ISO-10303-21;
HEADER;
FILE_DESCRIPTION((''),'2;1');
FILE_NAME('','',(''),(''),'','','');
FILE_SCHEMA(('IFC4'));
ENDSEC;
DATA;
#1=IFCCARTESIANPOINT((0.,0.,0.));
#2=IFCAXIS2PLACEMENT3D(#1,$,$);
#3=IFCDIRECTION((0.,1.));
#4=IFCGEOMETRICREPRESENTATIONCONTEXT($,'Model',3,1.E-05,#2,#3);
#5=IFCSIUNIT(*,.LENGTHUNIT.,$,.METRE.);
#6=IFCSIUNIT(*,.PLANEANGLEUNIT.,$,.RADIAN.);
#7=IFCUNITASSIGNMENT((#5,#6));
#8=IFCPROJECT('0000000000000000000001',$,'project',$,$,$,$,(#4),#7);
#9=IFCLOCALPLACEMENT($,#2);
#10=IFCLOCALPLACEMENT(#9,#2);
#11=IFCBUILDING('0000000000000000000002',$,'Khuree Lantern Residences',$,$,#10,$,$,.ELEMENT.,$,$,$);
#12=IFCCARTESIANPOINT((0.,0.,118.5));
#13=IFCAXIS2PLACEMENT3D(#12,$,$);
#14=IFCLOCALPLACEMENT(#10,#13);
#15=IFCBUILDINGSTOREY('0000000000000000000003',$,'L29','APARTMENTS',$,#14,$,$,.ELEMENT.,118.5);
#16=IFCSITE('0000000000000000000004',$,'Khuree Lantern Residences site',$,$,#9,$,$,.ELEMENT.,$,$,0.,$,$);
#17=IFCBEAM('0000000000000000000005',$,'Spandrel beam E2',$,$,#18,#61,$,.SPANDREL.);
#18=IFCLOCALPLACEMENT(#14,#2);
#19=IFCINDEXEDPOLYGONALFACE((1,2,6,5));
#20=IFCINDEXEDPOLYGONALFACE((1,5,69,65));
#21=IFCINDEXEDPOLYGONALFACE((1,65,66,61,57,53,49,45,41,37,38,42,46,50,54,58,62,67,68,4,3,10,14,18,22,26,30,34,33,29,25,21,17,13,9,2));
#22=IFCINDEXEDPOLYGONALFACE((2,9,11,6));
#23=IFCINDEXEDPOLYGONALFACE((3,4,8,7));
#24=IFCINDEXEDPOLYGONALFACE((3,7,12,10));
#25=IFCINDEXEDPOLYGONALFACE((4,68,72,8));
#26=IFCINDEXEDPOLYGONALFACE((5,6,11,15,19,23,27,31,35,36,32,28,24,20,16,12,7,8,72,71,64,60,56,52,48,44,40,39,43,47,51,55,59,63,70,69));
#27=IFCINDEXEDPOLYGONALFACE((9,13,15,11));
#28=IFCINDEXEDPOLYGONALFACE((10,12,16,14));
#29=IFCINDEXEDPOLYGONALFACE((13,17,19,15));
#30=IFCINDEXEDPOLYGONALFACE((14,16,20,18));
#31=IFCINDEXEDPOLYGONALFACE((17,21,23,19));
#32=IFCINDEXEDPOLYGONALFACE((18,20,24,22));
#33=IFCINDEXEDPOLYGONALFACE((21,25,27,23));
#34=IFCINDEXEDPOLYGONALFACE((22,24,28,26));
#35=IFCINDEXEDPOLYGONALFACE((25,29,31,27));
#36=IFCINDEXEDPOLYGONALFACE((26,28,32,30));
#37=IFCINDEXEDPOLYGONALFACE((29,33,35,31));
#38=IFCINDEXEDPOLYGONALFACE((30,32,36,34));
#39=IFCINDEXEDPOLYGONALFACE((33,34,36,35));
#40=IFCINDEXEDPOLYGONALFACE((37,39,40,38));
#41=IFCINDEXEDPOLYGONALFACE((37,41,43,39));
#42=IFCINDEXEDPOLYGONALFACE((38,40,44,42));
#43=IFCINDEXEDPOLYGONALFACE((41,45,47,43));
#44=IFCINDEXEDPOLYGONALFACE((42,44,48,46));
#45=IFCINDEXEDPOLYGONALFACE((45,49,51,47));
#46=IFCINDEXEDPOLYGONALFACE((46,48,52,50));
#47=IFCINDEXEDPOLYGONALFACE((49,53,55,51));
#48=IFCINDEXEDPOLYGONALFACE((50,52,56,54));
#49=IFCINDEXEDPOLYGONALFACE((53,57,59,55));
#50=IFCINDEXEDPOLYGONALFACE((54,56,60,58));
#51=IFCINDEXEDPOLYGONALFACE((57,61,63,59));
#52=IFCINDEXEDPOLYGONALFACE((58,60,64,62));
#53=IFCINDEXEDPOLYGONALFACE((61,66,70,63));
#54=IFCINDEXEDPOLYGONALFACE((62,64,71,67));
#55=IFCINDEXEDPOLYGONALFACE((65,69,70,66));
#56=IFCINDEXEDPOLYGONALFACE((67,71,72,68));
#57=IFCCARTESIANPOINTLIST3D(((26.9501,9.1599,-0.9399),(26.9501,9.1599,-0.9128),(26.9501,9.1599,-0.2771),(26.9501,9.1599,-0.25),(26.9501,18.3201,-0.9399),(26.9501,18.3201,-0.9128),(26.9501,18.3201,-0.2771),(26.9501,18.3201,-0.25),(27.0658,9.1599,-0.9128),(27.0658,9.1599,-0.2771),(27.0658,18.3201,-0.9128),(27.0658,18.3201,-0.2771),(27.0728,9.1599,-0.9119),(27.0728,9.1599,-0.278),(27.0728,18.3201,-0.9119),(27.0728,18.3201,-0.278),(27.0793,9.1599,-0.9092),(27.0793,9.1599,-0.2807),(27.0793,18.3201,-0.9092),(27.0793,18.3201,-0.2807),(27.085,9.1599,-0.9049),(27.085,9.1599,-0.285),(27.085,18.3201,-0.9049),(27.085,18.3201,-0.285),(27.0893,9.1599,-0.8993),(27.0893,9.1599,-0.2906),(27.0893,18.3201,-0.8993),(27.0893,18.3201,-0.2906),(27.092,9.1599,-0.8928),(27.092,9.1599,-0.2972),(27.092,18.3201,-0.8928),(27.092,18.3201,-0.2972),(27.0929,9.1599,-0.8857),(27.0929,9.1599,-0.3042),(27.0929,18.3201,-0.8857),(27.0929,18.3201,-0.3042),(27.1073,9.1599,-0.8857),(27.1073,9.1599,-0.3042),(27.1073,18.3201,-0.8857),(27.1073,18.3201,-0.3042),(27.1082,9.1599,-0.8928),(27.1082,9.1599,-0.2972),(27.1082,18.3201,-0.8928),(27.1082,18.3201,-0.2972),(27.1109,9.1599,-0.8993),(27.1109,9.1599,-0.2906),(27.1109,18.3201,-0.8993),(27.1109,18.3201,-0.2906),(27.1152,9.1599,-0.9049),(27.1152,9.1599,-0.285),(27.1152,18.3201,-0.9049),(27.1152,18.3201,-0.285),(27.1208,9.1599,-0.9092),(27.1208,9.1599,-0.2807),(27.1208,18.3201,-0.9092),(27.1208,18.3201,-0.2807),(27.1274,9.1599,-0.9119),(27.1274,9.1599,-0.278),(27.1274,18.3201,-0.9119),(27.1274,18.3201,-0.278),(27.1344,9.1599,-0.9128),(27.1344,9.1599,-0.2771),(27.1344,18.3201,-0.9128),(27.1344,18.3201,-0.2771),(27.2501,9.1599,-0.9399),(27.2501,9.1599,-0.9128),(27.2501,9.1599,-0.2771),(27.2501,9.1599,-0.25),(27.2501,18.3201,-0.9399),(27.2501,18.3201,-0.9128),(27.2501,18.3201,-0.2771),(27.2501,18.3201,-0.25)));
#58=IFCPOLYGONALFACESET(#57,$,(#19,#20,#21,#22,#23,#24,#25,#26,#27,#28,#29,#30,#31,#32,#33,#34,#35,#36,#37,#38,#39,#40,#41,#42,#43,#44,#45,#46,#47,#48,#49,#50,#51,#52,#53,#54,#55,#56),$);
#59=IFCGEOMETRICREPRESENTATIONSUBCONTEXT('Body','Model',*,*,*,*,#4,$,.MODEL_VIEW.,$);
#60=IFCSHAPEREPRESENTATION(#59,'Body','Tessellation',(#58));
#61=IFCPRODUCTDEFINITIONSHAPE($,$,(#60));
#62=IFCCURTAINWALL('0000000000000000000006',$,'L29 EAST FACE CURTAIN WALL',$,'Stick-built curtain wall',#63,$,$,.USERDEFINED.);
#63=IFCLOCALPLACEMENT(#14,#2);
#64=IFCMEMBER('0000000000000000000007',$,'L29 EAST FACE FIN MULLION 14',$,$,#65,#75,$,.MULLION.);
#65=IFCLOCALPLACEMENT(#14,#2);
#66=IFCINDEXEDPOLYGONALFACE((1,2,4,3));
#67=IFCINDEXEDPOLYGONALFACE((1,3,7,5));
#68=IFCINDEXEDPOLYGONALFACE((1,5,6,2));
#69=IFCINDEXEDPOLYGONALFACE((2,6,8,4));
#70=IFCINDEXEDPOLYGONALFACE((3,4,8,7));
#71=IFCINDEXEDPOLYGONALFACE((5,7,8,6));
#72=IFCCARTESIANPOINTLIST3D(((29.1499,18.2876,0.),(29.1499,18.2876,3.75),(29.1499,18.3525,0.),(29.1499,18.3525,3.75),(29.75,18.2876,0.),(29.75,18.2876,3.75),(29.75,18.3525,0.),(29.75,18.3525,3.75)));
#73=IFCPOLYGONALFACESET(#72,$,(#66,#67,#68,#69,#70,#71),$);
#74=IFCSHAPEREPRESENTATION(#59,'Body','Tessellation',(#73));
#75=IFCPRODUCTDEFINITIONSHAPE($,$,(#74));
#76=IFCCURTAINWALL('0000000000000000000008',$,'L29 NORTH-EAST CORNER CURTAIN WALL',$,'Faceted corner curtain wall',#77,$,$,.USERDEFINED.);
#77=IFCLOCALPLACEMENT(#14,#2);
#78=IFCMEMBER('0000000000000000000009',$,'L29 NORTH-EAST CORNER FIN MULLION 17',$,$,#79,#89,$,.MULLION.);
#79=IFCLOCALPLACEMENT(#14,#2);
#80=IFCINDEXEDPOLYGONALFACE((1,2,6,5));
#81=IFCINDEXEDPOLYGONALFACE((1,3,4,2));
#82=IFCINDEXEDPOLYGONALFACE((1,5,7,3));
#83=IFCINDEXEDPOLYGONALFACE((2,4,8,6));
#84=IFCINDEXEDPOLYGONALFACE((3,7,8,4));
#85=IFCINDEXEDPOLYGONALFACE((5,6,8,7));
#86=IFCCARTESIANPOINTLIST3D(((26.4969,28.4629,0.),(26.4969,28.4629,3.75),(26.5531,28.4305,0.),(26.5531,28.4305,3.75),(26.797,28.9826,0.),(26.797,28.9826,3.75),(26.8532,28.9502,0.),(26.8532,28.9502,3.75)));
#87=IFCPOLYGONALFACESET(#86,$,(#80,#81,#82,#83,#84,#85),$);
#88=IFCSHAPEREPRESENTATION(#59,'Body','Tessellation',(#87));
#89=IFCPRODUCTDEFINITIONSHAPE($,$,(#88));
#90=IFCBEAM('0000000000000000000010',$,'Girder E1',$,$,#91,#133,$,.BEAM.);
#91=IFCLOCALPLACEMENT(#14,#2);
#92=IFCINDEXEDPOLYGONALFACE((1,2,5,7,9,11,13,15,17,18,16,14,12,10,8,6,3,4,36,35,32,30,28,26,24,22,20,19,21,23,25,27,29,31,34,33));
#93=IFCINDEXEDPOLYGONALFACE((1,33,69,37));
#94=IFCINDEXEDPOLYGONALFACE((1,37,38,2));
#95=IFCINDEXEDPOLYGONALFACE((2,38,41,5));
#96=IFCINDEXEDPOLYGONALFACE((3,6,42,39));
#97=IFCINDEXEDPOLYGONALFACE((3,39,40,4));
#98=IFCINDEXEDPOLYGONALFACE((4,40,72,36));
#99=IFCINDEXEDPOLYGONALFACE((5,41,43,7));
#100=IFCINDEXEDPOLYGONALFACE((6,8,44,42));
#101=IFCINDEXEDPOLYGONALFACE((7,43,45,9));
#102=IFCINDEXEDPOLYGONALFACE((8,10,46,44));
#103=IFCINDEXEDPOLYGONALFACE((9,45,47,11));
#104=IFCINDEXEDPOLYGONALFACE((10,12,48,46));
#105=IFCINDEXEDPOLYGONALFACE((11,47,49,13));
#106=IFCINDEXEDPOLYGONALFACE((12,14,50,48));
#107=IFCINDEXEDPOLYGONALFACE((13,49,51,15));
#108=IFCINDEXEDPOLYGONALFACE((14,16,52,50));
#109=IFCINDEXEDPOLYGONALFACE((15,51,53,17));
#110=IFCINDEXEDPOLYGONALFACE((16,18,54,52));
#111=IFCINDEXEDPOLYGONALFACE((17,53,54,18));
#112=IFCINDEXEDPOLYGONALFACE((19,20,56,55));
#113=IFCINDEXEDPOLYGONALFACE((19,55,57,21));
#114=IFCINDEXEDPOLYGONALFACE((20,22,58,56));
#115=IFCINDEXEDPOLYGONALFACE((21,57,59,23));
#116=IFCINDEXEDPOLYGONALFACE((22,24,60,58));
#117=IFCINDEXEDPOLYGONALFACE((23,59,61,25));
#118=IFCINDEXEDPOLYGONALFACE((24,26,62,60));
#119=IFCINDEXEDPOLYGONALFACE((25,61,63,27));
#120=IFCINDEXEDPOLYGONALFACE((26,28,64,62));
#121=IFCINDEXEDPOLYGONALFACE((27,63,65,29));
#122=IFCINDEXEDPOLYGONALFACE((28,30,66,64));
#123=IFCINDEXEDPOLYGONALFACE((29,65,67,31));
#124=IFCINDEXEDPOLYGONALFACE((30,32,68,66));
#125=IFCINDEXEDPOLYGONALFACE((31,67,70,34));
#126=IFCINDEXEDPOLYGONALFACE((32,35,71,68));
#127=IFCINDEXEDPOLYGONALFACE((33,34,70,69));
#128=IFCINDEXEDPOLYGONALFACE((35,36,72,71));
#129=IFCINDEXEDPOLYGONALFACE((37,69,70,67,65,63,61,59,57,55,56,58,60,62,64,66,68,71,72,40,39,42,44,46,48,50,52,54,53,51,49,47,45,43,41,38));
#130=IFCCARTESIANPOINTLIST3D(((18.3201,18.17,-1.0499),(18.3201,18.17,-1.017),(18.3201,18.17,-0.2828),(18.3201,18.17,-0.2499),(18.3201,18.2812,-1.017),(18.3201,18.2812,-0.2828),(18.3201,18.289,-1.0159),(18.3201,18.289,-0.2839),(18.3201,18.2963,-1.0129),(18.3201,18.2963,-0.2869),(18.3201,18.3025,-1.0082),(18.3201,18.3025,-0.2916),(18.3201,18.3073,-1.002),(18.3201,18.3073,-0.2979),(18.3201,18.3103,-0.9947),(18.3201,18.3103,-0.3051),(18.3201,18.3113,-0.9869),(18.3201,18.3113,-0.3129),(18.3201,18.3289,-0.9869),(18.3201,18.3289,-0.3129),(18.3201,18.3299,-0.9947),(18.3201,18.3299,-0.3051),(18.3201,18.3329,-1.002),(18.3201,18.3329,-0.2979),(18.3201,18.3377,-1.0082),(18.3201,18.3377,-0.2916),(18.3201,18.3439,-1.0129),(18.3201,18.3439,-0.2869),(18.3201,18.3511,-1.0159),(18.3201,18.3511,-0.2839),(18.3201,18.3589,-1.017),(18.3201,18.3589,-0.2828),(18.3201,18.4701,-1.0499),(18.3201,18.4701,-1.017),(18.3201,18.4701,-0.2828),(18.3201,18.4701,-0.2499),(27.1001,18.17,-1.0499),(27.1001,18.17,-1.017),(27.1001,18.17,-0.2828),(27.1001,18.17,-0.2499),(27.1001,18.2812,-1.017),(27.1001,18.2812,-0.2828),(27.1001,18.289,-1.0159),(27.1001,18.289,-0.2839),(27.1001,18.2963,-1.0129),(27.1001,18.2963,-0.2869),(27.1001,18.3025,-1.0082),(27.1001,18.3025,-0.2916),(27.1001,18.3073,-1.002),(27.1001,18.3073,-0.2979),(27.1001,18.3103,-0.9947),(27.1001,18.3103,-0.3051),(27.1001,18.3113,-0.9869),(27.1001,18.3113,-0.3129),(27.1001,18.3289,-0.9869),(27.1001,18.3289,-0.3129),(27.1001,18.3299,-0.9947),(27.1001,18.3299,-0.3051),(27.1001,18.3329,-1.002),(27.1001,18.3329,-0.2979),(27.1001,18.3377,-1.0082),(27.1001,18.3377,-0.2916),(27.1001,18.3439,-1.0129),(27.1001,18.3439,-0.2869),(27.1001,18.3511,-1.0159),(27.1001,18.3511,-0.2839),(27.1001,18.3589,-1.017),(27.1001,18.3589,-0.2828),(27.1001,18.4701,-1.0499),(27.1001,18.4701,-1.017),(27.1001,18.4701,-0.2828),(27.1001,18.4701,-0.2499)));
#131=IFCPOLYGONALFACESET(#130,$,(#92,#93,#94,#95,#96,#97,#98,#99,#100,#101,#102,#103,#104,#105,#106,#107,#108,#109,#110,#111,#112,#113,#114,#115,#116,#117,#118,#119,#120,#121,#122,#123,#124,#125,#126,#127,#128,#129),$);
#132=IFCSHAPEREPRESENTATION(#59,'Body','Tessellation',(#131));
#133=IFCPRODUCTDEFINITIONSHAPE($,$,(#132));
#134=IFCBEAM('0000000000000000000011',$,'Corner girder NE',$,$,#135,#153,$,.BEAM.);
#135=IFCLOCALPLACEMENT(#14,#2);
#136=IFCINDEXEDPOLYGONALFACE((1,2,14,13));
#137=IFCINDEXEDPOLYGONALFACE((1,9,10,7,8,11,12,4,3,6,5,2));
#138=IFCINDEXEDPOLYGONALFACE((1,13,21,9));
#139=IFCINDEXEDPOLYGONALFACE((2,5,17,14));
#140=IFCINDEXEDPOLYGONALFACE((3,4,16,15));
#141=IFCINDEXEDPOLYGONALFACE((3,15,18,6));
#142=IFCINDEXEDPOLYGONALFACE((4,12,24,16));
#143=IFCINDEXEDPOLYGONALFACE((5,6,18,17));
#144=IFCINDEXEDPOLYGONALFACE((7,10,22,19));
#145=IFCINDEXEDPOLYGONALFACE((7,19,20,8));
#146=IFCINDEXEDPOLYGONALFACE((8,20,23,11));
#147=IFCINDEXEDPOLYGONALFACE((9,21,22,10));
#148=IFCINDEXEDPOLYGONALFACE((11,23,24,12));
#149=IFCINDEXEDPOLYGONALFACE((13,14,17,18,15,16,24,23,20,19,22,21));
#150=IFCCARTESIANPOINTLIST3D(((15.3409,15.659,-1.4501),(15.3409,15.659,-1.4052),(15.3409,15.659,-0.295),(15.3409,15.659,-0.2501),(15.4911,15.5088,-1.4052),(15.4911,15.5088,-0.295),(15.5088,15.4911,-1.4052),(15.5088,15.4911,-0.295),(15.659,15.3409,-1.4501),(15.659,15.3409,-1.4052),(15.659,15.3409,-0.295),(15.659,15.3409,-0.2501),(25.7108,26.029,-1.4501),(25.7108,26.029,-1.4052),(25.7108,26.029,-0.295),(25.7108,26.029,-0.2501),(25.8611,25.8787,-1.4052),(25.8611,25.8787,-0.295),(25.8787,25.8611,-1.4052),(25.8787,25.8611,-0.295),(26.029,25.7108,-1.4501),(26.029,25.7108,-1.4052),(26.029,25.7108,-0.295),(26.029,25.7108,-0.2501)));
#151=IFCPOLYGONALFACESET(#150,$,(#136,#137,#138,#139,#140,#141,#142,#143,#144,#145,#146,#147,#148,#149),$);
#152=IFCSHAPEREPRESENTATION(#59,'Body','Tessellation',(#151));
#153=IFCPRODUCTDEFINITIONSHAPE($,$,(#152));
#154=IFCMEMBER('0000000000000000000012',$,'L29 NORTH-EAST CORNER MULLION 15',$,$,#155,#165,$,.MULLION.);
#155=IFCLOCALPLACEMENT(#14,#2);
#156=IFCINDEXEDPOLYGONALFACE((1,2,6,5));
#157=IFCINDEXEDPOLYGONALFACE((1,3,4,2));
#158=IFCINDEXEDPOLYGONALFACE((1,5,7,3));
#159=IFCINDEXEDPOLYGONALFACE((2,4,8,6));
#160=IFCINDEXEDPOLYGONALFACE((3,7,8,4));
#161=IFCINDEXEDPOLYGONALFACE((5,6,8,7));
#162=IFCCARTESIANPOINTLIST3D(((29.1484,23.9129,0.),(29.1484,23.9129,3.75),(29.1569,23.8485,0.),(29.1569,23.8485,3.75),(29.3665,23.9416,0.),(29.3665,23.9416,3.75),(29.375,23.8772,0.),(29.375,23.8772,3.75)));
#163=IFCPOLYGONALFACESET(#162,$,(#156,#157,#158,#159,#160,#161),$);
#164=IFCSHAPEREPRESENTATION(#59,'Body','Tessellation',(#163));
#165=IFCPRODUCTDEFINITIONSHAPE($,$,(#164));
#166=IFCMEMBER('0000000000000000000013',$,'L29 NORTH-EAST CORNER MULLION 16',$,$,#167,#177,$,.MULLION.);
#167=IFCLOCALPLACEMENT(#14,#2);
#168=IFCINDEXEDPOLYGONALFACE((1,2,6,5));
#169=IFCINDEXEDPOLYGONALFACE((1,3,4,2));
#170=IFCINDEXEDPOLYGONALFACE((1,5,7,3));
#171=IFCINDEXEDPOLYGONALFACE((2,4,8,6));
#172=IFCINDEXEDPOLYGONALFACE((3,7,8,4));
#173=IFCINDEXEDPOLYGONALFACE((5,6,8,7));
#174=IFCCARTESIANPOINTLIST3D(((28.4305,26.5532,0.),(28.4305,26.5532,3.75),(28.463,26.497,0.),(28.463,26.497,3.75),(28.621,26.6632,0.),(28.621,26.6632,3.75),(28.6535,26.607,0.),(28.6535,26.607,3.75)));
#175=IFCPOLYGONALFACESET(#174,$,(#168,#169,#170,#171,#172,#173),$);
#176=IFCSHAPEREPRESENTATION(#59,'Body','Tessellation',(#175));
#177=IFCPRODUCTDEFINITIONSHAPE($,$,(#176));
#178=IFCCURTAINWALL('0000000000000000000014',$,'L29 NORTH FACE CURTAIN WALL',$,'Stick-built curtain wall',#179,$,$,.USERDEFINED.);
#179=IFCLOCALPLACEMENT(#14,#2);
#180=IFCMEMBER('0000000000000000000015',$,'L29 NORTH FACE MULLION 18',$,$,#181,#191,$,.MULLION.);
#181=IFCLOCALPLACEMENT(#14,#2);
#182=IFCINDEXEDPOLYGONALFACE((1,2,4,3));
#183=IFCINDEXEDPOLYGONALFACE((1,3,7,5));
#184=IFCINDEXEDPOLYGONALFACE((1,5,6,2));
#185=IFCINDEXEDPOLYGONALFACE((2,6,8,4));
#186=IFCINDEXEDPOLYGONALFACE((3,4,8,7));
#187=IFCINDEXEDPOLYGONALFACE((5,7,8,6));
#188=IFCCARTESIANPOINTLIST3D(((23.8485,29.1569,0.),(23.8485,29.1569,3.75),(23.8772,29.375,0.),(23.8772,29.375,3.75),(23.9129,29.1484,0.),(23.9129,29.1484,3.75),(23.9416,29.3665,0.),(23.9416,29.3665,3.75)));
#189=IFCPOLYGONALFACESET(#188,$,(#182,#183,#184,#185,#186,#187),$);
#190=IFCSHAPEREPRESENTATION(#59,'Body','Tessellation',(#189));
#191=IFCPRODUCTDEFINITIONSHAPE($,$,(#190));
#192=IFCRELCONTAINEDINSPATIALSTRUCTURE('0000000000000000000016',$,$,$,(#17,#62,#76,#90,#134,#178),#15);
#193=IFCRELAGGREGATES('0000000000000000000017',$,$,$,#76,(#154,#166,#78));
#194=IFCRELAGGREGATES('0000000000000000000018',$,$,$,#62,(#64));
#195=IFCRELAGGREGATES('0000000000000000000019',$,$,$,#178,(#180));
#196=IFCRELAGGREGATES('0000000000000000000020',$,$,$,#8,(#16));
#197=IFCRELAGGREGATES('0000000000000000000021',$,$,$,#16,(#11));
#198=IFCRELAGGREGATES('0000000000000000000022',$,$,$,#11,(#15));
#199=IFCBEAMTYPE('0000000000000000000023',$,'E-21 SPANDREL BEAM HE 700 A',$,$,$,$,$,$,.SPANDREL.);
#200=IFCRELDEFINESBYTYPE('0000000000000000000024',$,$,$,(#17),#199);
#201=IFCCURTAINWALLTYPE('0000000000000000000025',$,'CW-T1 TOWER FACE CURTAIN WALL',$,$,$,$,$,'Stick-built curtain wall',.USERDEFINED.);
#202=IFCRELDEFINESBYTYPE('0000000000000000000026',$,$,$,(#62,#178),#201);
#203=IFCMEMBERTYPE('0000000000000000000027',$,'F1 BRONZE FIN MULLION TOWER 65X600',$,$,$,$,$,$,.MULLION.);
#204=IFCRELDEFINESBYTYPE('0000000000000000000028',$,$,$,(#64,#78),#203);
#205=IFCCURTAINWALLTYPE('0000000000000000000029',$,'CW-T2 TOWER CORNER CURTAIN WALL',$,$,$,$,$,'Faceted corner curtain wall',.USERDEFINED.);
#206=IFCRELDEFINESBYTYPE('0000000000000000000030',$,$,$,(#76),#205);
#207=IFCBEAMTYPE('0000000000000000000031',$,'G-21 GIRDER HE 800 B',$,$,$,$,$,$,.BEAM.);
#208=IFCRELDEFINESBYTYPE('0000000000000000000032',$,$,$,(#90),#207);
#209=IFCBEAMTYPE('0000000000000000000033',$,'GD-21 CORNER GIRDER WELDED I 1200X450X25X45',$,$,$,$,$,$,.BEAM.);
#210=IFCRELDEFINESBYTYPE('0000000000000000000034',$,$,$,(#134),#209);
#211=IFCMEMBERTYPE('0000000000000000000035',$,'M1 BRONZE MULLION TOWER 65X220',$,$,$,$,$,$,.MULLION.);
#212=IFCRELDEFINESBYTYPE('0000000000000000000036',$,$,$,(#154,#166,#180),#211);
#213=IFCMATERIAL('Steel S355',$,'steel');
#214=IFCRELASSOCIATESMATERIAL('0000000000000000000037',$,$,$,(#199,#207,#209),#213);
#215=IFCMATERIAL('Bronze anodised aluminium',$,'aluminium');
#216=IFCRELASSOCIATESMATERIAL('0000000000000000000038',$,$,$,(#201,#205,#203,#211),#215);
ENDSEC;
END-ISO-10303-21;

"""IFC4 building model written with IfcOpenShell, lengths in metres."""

from ifc_helpers import new_model, si_unit, direction, frame, origin, origin_2d, place, context, subcontext, project, spatial, rectangle, i_section, extrude, material, material_profile, profile_set, type_object, element, aggregate, save


model = new_model("IFC4")

# Units and contexts
model_context = context("Model", 3, precision=1e-05, world=origin(), true_north=direction((0.0, 1.0)))
body_context = subcontext(model_context, "Body", "Model", "MODEL_VIEW")
ifc_project = project(units=[si_unit("LENGTHUNIT", "METRE"), si_unit("PLANEANGLEUNIT", "RADIAN")], contexts=[model_context])

# Site, building, storey
site_placement = place(None, origin())
site = spatial("IfcSite", under=ifc_project, at=site_placement, Name="Khuree Lantern Residences site", CompositionType="ELEMENT", RefElevation=0.0)
building_placement = place(site_placement, origin())
building = spatial("IfcBuilding", under=site, at=building_placement, Name="Khuree Lantern Residences", CompositionType="ELEMENT")
storey_placement = place(building_placement, frame((0.0, 0.0, 118.5)))
storey = spatial("IfcBuildingStorey", under=building, at=storey_placement, Name="L29", Description="APARTMENTS", CompositionType="ELEMENT", Elevation=118.5)

# Beam
ifc_material_1 = material(Name="Steel S355", Category="steel")
ifc_material_profile_1 = material_profile(ifc_material_1, i_section(OverallWidth=0.3, OverallDepth=0.6899, WebThickness=0.0144, FlangeThickness=0.0271, FilletRadius=0.0271, at=origin_2d()), Name="HE 700 A")
ifc_profile_set_1 = profile_set([ifc_material_profile_1], Name="Steel S355")
beam_type_1 = type_object("IfcBeamType", Name="E-21 SPANDREL BEAM HE 700 A", PredefinedType="SPANDREL", material=ifc_profile_set_1)
beam_1_placement = place(storey_placement, frame((27.1001, 18.3201, -0.595), z_axis=(0.0, -1.0, 0.0), x_axis=(1.0, 0.0, 0.0)))
element("IfcBeam", 1, at=beam_1_placement, inside=storey, type_object=beam_type_1, Name="Spandrel beam E2", PredefinedType="SPANDREL", context=body_context, shape_type="SweptSolid", body=[
    extrude(i_section(OverallWidth=0.3, OverallDepth=0.6899, WebThickness=0.0144, FlangeThickness=0.0271, FilletRadius=0.0271, at=origin_2d()), origin(), (0.0, 0.0, 1.0), 9.1602),
])

# Curtain walls, members
ifc_material_2 = material(Name="Bronze anodised aluminium", Category="aluminium")
curtain_wall_type_1 = type_object("IfcCurtainWallType", Name="CW-T1 TOWER FACE CURTAIN WALL", ElementType="Stick-built curtain wall", PredefinedType="USERDEFINED", material=ifc_material_2)
curtain_wall_1_placement = place(storey_placement, origin())
curtain_wall_1 = element("IfcCurtainWall", 2, at=curtain_wall_1_placement, inside=storey, type_object=curtain_wall_type_1, Name="L29 EAST FACE CURTAIN WALL", ObjectType="Stick-built curtain wall", PredefinedType="USERDEFINED")
ifc_material_profile_2 = material_profile(ifc_material_2, rectangle(XDim=0.0649, YDim=0.6001, at=origin_2d()), Name="F1 65X600")
ifc_profile_set_2 = profile_set([ifc_material_profile_2], Name="Bronze anodised aluminium")
member_type_1 = type_object("IfcMemberType", Name="F1 BRONZE FIN MULLION TOWER 65X600", PredefinedType="MULLION", material=ifc_profile_set_2)
member_1_placement = place(storey_placement, frame((29.45, 18.3201, 0.0), z_axis=(0.0, 0.0, 1.0), x_axis=(0.0, 1.0, 0.0)))
member_1 = element("IfcMember", 3, at=member_1_placement, type_object=member_type_1, Name="L29 EAST FACE FIN MULLION 14", PredefinedType="MULLION", context=body_context, shape_type="SweptSolid", body=[
    extrude(rectangle(XDim=0.0649, YDim=0.6001, at=origin_2d()), origin(), (0.0, 0.0, 1.0), 3.75),
])
curtain_wall_type_2 = type_object("IfcCurtainWallType", Name="CW-T2 TOWER CORNER CURTAIN WALL", ElementType="Faceted corner curtain wall", PredefinedType="USERDEFINED", material=ifc_material_2)
curtain_wall_2_placement = place(storey_placement, origin())
curtain_wall_2 = element("IfcCurtainWall", 4, at=curtain_wall_2_placement, inside=storey, type_object=curtain_wall_type_2, Name="L29 NORTH-EAST CORNER CURTAIN WALL", ObjectType="Faceted corner curtain wall", PredefinedType="USERDEFINED")
member_2_placement = place(storey_placement, frame((26.675, 28.7065, 0.0), z_axis=(0.0, 0.0, 1.0), x_axis=(-0.866025, 0.5, 0.0)))
member_2 = element("IfcMember", 5, at=member_2_placement, type_object=member_type_1, Name="L29 NORTH-EAST CORNER FIN MULLION 17", PredefinedType="MULLION", context=body_context, shape_type="SweptSolid", body=[
    extrude(rectangle(XDim=0.0649, YDim=0.6001, at=origin_2d()), origin(), (0.0, 0.0, 1.0), 3.75),
])

# Beams
ifc_material_profile_3 = material_profile(ifc_material_1, i_section(OverallWidth=0.3, OverallDepth=0.8, WebThickness=0.0176, FlangeThickness=0.033, FilletRadius=0.03, at=origin_2d()), Name="HE 800 B")
ifc_profile_set_3 = profile_set([ifc_material_profile_3], Name="Steel S355")
beam_type_2 = type_object("IfcBeamType", Name="G-21 GIRDER HE 800 B", PredefinedType="BEAM", material=ifc_profile_set_3)
beam_2_placement = place(storey_placement, frame((27.1001, 18.3201, -0.6499), z_axis=(-1.0, 0.0, 0.0), x_axis=(0.0, -1.0, 0.0)))
element("IfcBeam", 6, at=beam_2_placement, inside=storey, type_object=beam_type_2, Name="Girder E1", PredefinedType="BEAM", context=body_context, shape_type="SweptSolid", body=[
    extrude(i_section(OverallWidth=0.3, OverallDepth=0.8, WebThickness=0.0176, FlangeThickness=0.033, FilletRadius=0.03, at=origin_2d()), origin(), (0.0, 0.0, 1.0), 8.78),
])
ifc_material_profile_4 = material_profile(ifc_material_1, i_section(OverallWidth=0.45, OverallDepth=1.2, WebThickness=0.0249, FlangeThickness=0.0449, at=origin_2d()), Name="WELDED I 1200X450X25X45")
ifc_profile_set_4 = profile_set([ifc_material_profile_4], Name="Steel S355")
beam_type_3 = type_object("IfcBeamType", Name="GD-21 CORNER GIRDER WELDED I 1200X450X25X45", PredefinedType="BEAM", material=ifc_profile_set_4)
beam_3_placement = place(storey_placement, frame((25.8699, 25.8699, -0.8501), z_axis=(-0.707107, -0.707107, 0.0), x_axis=(0.707107, -0.707107, 0.0)))
element("IfcBeam", 7, at=beam_3_placement, inside=storey, type_object=beam_type_3, Name="Corner girder NE", PredefinedType="BEAM", context=body_context, shape_type="SweptSolid", body=[
    extrude(i_section(OverallWidth=0.45, OverallDepth=1.2, WebThickness=0.0249, FlangeThickness=0.0449, at=origin_2d()), origin(), (0.0, 0.0, 1.0), 14.6653),
])

# Members
ifc_material_profile_5 = material_profile(ifc_material_2, rectangle(XDim=0.0649, YDim=0.22, at=origin_2d()), Name="M1 65X220")
ifc_profile_set_5 = profile_set([ifc_material_profile_5], Name="Bronze anodised aluminium")
member_type_2 = type_object("IfcMemberType", Name="M1 BRONZE MULLION TOWER 65X220", PredefinedType="MULLION", material=ifc_profile_set_5)
member_3_placement = place(storey_placement, frame((29.2617, 23.895, 0.0), z_axis=(0.0, 0.0, 1.0), x_axis=(-0.130526, 0.991445, 0.0)))
member_3 = element("IfcMember", 8, at=member_3_placement, type_object=member_type_2, Name="L29 NORTH-EAST CORNER MULLION 15", PredefinedType="MULLION", context=body_context, shape_type="SweptSolid", body=[
    extrude(rectangle(XDim=0.0649, YDim=0.22, at=origin_2d()), origin(), (0.0, 0.0, 1.0), 3.75),
])
member_4_placement = place(storey_placement, frame((28.542, 26.5801, 0.0), z_axis=(0.0, 0.0, 1.0), x_axis=(-0.5, 0.866025, 0.0)))
member_4 = element("IfcMember", 9, at=member_4_placement, type_object=member_type_2, Name="L29 NORTH-EAST CORNER MULLION 16", PredefinedType="MULLION", context=body_context, shape_type="SweptSolid", body=[
    extrude(rectangle(XDim=0.0649, YDim=0.22, at=origin_2d()), origin(), (0.0, 0.0, 1.0), 3.75),
])

# Curtain wall, member
curtain_wall_3_placement = place(storey_placement, origin())
curtain_wall_3 = element("IfcCurtainWall", 10, at=curtain_wall_3_placement, inside=storey, type_object=curtain_wall_type_1, Name="L29 NORTH FACE CURTAIN WALL", ObjectType="Stick-built curtain wall", PredefinedType="USERDEFINED")
member_5_placement = place(storey_placement, frame((23.895, 29.2617, 0.0), z_axis=(0.0, 0.0, 1.0), x_axis=(-0.991445, 0.130526, 0.0)))
member_5 = element("IfcMember", 11, at=member_5_placement, type_object=member_type_2, Name="L29 NORTH FACE MULLION 18", PredefinedType="MULLION", context=body_context, shape_type="SweptSolid", body=[
    extrude(rectangle(XDim=0.0649, YDim=0.22, at=origin_2d()), origin(), (0.0, 0.0, 1.0), 3.75),
])

aggregate(curtain_wall_2, [member_3, member_4, member_2])
aggregate(curtain_wall_1, [member_1])
aggregate(curtain_wall_3, [member_5])

save(model, "model.ifc")
